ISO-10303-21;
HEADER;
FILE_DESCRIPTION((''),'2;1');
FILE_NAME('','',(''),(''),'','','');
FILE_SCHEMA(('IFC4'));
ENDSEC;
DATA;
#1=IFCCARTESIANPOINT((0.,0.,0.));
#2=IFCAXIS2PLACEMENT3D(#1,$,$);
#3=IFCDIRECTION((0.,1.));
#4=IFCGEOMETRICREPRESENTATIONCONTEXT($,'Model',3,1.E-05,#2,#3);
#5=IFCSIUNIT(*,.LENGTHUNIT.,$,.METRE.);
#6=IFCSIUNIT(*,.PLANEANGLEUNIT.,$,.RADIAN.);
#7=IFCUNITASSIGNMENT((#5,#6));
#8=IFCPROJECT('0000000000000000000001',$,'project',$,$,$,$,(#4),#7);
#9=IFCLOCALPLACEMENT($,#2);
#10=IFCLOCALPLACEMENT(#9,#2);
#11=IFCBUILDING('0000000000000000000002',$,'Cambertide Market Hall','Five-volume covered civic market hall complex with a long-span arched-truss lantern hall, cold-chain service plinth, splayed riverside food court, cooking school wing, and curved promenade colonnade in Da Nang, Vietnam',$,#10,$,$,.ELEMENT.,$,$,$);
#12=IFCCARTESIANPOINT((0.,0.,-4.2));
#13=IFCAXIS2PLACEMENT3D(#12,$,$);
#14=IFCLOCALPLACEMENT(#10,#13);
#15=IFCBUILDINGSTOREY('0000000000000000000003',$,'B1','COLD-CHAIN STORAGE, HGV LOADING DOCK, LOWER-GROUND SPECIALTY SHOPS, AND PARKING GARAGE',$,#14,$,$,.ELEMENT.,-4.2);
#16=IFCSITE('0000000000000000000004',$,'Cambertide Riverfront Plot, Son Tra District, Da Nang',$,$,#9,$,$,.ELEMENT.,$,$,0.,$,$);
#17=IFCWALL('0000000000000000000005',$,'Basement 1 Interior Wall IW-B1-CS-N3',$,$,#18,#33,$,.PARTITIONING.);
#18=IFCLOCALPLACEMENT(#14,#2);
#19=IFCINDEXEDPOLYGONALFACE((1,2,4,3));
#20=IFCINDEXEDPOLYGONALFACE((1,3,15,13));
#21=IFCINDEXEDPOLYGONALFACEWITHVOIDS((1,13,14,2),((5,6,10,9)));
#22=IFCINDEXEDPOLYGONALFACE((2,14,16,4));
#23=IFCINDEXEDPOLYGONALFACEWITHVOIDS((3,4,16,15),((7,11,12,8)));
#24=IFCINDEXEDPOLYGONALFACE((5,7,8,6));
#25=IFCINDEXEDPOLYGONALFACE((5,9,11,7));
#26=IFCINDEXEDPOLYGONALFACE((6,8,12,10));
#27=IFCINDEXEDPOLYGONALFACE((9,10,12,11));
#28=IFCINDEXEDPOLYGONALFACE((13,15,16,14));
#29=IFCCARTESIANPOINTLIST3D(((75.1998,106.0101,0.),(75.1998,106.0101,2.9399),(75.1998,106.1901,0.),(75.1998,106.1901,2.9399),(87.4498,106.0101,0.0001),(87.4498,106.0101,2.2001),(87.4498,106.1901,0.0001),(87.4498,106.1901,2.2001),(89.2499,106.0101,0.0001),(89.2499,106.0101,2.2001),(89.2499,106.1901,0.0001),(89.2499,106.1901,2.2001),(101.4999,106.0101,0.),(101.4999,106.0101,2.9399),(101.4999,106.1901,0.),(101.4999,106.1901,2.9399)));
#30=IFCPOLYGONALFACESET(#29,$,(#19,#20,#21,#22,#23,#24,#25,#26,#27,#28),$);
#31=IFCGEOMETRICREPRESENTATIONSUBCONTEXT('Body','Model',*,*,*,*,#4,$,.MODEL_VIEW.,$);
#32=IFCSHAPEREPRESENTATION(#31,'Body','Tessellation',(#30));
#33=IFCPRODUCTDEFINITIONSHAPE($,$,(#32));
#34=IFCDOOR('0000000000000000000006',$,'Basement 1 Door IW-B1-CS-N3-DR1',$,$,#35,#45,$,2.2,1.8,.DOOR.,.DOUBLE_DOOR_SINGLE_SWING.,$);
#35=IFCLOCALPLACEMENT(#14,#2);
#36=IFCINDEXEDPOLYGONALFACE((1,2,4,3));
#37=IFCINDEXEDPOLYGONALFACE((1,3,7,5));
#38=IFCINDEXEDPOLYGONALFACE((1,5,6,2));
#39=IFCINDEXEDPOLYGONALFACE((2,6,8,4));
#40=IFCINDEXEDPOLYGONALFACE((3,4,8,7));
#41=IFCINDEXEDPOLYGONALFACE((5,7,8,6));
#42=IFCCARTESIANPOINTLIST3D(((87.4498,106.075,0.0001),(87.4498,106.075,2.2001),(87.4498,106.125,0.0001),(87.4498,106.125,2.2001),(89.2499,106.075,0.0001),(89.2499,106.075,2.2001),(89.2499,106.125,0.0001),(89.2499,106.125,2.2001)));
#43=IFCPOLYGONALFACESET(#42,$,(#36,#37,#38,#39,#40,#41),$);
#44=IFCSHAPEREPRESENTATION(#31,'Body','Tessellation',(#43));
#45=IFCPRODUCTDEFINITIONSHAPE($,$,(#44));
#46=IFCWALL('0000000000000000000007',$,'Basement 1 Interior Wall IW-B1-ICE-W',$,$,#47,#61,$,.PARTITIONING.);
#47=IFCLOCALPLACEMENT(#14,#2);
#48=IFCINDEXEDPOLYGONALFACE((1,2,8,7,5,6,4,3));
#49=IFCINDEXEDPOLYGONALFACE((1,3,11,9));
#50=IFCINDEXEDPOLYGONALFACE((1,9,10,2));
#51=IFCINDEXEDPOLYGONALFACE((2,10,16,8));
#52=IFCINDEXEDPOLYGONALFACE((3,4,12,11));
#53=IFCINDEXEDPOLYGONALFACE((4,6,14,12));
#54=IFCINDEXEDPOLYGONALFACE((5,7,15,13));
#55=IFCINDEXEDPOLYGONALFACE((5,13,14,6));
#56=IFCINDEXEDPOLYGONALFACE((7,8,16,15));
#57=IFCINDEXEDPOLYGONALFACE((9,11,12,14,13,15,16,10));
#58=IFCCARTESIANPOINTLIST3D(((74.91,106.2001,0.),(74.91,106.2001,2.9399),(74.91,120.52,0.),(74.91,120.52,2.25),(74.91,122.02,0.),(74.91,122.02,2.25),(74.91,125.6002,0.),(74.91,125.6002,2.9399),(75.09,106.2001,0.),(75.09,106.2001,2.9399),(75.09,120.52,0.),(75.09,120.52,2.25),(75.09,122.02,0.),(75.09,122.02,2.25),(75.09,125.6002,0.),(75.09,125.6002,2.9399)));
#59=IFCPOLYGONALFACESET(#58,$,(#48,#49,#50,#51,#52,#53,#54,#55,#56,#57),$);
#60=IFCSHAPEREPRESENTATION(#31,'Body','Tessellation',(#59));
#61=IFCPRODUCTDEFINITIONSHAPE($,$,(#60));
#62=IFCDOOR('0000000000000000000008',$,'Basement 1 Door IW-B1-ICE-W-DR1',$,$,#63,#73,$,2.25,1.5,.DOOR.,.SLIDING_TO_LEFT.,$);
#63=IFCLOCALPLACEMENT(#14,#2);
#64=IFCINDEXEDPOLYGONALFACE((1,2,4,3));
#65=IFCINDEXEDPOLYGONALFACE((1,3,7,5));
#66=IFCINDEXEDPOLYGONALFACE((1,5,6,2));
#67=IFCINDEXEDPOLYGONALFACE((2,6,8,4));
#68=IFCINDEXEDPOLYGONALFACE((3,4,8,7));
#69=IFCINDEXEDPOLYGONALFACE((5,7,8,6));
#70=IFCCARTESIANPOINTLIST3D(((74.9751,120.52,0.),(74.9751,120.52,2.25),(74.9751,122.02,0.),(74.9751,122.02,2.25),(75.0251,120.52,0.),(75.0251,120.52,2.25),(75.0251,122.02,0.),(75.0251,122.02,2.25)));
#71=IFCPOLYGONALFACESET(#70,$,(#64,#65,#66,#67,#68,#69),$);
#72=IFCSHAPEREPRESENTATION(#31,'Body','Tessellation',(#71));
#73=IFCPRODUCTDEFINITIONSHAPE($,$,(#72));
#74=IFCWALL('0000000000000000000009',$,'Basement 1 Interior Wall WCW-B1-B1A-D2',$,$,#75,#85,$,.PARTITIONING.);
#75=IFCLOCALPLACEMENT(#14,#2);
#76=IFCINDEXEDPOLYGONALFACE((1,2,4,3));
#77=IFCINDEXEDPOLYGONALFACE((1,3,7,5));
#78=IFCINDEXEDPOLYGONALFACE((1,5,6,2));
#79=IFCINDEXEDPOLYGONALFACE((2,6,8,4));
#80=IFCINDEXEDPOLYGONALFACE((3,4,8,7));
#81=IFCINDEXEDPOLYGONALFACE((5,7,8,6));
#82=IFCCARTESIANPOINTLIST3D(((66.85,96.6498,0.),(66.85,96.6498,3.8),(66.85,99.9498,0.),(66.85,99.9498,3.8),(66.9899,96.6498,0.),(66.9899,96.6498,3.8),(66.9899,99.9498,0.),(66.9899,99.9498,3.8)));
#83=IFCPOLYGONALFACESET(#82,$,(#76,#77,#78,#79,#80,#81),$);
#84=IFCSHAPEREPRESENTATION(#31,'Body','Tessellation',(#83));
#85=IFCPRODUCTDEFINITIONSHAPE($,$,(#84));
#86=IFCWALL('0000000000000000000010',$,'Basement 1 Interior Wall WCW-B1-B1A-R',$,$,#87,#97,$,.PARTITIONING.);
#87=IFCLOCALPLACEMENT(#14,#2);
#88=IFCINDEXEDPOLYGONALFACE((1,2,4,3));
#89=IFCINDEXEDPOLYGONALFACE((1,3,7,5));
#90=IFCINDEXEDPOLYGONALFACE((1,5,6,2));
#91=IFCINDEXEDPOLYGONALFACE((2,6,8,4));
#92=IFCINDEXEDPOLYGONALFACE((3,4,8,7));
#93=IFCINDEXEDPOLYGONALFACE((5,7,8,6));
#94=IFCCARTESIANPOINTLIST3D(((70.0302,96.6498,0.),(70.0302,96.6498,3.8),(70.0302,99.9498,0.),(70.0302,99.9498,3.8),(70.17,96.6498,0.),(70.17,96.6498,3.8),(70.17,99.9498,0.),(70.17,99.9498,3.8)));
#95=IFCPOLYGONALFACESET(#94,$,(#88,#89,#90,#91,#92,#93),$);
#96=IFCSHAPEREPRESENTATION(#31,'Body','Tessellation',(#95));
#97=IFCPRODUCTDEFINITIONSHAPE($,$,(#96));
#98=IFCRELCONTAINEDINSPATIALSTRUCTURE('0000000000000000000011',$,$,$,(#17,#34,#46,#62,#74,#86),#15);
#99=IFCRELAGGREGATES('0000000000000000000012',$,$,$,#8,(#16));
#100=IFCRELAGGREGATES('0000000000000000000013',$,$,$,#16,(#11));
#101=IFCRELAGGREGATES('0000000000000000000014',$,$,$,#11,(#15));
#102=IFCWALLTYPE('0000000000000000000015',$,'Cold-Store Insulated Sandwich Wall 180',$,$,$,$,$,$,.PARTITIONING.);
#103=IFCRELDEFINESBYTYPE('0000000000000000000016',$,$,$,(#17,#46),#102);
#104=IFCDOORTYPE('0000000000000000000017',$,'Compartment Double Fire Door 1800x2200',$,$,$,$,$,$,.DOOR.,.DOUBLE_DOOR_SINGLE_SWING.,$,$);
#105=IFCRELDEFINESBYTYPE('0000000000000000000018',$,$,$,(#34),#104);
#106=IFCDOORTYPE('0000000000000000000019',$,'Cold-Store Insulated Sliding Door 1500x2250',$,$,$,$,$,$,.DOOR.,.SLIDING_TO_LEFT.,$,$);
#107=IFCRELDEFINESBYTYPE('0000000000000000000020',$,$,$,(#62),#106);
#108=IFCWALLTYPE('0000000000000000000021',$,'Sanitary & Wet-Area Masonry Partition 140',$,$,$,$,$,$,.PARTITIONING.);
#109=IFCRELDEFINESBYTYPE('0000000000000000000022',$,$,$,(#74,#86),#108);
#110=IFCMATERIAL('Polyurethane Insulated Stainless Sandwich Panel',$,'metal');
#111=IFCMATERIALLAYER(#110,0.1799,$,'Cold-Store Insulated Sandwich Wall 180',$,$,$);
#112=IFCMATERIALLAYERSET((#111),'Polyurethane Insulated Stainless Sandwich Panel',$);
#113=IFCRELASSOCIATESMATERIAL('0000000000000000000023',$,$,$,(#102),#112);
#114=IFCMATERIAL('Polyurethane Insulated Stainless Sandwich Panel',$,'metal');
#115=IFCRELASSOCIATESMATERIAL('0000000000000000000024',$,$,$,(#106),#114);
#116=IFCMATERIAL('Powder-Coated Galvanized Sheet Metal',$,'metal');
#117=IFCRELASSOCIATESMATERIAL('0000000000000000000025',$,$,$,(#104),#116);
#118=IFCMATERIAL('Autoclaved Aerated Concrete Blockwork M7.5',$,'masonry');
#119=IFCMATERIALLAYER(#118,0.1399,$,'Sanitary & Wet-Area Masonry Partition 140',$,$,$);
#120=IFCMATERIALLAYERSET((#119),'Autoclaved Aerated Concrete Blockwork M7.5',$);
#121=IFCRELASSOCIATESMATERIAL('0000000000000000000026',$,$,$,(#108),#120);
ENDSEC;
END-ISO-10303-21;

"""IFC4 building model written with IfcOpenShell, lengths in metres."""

from ifc_helpers import new_model, si_unit, direction, frame, frame_2d, origin, place, context, subcontext, project, spatial, rectangle, extrude, material, layer, layer_set, type_object, element, fill, save


model = new_model("IFC4")

# Units and contexts
model_context = context("Model", 3, precision=1e-05, world=origin(), true_north=direction((0.0, 1.0)))
body_context = subcontext(model_context, "Body", "Model", "MODEL_VIEW")
ifc_project = project(units=[si_unit("LENGTHUNIT", "METRE"), si_unit("PLANEANGLEUNIT", "RADIAN")], contexts=[model_context])

# Site, building, storey
site_placement = place(None, origin())
site = spatial("IfcSite", under=ifc_project, at=site_placement, Name="Cambertide Riverfront Plot, Son Tra District, Da Nang", CompositionType="ELEMENT", RefElevation=0.0)
building_placement = place(site_placement, origin())
building = spatial("IfcBuilding", under=site, at=building_placement, Name="Cambertide Market Hall", Description="Five-volume covered civic market hall complex with a long-span arched-truss lantern hall, cold-chain service plinth, splayed riverside food court, cooking school wing, and curved promenade colonnade in Da Nang, Vietnam", CompositionType="ELEMENT")
storey_placement = place(building_placement, frame((0.0, 0.0, -4.2)))
storey = spatial("IfcBuildingStorey", under=building, at=storey_placement, Name="B1", Description="COLD-CHAIN STORAGE, HGV LOADING DOCK, LOWER-GROUND SPECIALTY SHOPS, AND PARKING GARAGE", CompositionType="ELEMENT", Elevation=-4.2)

# Walls, openings, doors
ifc_material_1 = material(Name="Polyurethane Insulated Stainless Sandwich Panel", Category="metal")
ifc_layer_1 = layer(ifc_material_1, 0.1799, Name="Cold-Store Insulated Sandwich Wall 180")
ifc_layer_set_1 = layer_set([ifc_layer_1], Name="Polyurethane Insulated Stainless Sandwich Panel")
wall_type_1 = type_object("IfcWallType", Name="Cold-Store Insulated Sandwich Wall 180", PredefinedType="PARTITIONING", material=ifc_layer_set_1)
ifc_material_2 = material(Name="Polyurethane Insulated Stainless Sandwich Panel", Category="metal")
door_type_1 = type_object("IfcDoorType", Name="Cold-Store Insulated Sliding Door 1500x2250", OperationType="SLIDING_TO_LEFT", PredefinedType="DOOR", material=ifc_material_2)
wall_1_placement = place(storey_placement, frame((75.2, 106.1001, 0.0), z_axis=(0.0, 0.0, 1.0), x_axis=(1.0, 0.0, 0.0)))
wall_1 = element("IfcWall", 1, at=wall_1_placement, inside=storey, type_object=wall_type_1, Name="Basement 1 Interior Wall IW-B1-CS-N3", PredefinedType="PARTITIONING", context=body_context, shape_type="SweptSolid", body=[
    extrude(rectangle(XDim=26.3, YDim=0.1799, at=frame_2d((13.1499, 0.0))), origin(), (0.0, 0.0, 1.0), 2.9399),
])
opening_1_placement = place(wall_1_placement, frame((12.25, 0.0, 0.0)))
opening_1 = element("IfcOpeningElement", 2, at=opening_1_placement, cuts=wall_1, PredefinedType="OPENING", context=body_context, shape_type="SweptSolid", body=[
    extrude(rectangle(XDim=1.8, YDim=2.2, at=frame_2d((0.8999, 1.1001))), frame((0.0, 0.0999, 0.0), z_axis=(0.0, -1.0, 0.0), x_axis=(1.0, 0.0, 0.0)), (0.0, 0.0, 1.0), 0.2),
])
ifc_material_3 = material(Name="Powder-Coated Galvanized Sheet Metal", Category="metal")
door_type_2 = type_object("IfcDoorType", Name="Compartment Double Fire Door 1800x2200", OperationType="DOUBLE_DOOR_SINGLE_SWING", PredefinedType="DOOR", material=ifc_material_3)
door_1_placement = place(opening_1_placement, origin())
door_1 = element("IfcDoor", 3, at=door_1_placement, inside=storey, type_object=door_type_2, Name="Basement 1 Door IW-B1-CS-N3-DR1", OperationType="DOUBLE_DOOR_SINGLE_SWING", OverallHeight=2.2, OverallWidth=1.8, PredefinedType="DOOR", context=body_context, shape_type="SweptSolid", body=[
    extrude(rectangle(XDim=1.8, YDim=2.2, at=frame_2d((0.8999, 1.1001))), frame((0.0, 0.0249, 0.0), z_axis=(0.0, -1.0, 0.0), x_axis=(1.0, 0.0, 0.0)), (0.0, 0.0, 1.0), 0.05),
])
fill(opening_1, door_1)
wall_2_placement = place(storey_placement, frame((75.0, 106.2, 0.0), z_axis=(0.0, 0.0, 1.0), x_axis=(0.0, 1.0, 0.0)))
wall_2 = element("IfcWall", 4, at=wall_2_placement, inside=storey, type_object=wall_type_1, Name="Basement 1 Interior Wall IW-B1-ICE-W", PredefinedType="PARTITIONING", context=body_context, shape_type="SweptSolid", body=[
    extrude(rectangle(XDim=19.4001, YDim=0.1799, at=frame_2d((9.7002, 0.0))), origin(), (0.0, 0.0, 1.0), 2.9399),
])
opening_2_placement = place(wall_2_placement, frame((14.3201, 0.0, 0.0)))
opening_2 = element("IfcOpeningElement", 5, at=opening_2_placement, cuts=wall_2, PredefinedType="OPENING", context=body_context, shape_type="SweptSolid", body=[
    extrude(rectangle(XDim=1.5, YDim=2.25, at=frame_2d((0.75, 1.125))), frame((0.0, 0.0999, 0.0), z_axis=(0.0, -1.0, 0.0), x_axis=(1.0, 0.0, 0.0)), (0.0, 0.0, 1.0), 0.2),
])
door_2_placement = place(opening_2_placement, origin())
door_2 = element("IfcDoor", 6, at=door_2_placement, inside=storey, type_object=door_type_1, Name="Basement 1 Door IW-B1-ICE-W-DR1", OperationType="SLIDING_TO_LEFT", OverallHeight=2.25, OverallWidth=1.5, PredefinedType="DOOR", context=body_context, shape_type="SweptSolid", body=[
    extrude(rectangle(XDim=1.5, YDim=2.25, at=frame_2d((0.75, 1.125))), frame((0.0, 0.0249, 0.0), z_axis=(0.0, -1.0, 0.0), x_axis=(1.0, 0.0, 0.0)), (0.0, 0.0, 1.0), 0.05),
])
fill(opening_2, door_2)
ifc_material_4 = material(Name="Autoclaved Aerated Concrete Blockwork M7.5", Category="masonry")
ifc_layer_2 = layer(ifc_material_4, 0.1399, Name="Sanitary & Wet-Area Masonry Partition 140")
ifc_layer_set_2 = layer_set([ifc_layer_2], Name="Autoclaved Aerated Concrete Blockwork M7.5")
wall_type_2 = type_object("IfcWallType", Name="Sanitary & Wet-Area Masonry Partition 140", PredefinedType="PARTITIONING", material=ifc_layer_set_2)

# Walls
for number, where, z_axis, x_axis, name in (
    (7, (66.9199, 96.6499, 0.0), (0.0, 0.0, 1.0), (0.0, 1.0, 0.0), "Basement 1 Interior Wall WCW-B1-B1A-D2"),
    (8, (70.1001, 96.6499, 0.0), (0.0, 0.0, 1.0), (0.0, 1.0, 0.0), "Basement 1 Interior Wall WCW-B1-B1A-R"),
):
    element("IfcWall", number, at=place(storey_placement, frame(where, z_axis=z_axis, x_axis=x_axis)), inside=storey, type_object=wall_type_2, Name=name, PredefinedType="PARTITIONING", context=body_context, shape_type="SweptSolid", body=[
        extrude(rectangle(XDim=3.3, YDim=0.1399, at=frame_2d((1.6499, 0.0))), origin(), (0.0, 0.0, 1.0), 3.8),
    ])

save(model, "model.ifc")
